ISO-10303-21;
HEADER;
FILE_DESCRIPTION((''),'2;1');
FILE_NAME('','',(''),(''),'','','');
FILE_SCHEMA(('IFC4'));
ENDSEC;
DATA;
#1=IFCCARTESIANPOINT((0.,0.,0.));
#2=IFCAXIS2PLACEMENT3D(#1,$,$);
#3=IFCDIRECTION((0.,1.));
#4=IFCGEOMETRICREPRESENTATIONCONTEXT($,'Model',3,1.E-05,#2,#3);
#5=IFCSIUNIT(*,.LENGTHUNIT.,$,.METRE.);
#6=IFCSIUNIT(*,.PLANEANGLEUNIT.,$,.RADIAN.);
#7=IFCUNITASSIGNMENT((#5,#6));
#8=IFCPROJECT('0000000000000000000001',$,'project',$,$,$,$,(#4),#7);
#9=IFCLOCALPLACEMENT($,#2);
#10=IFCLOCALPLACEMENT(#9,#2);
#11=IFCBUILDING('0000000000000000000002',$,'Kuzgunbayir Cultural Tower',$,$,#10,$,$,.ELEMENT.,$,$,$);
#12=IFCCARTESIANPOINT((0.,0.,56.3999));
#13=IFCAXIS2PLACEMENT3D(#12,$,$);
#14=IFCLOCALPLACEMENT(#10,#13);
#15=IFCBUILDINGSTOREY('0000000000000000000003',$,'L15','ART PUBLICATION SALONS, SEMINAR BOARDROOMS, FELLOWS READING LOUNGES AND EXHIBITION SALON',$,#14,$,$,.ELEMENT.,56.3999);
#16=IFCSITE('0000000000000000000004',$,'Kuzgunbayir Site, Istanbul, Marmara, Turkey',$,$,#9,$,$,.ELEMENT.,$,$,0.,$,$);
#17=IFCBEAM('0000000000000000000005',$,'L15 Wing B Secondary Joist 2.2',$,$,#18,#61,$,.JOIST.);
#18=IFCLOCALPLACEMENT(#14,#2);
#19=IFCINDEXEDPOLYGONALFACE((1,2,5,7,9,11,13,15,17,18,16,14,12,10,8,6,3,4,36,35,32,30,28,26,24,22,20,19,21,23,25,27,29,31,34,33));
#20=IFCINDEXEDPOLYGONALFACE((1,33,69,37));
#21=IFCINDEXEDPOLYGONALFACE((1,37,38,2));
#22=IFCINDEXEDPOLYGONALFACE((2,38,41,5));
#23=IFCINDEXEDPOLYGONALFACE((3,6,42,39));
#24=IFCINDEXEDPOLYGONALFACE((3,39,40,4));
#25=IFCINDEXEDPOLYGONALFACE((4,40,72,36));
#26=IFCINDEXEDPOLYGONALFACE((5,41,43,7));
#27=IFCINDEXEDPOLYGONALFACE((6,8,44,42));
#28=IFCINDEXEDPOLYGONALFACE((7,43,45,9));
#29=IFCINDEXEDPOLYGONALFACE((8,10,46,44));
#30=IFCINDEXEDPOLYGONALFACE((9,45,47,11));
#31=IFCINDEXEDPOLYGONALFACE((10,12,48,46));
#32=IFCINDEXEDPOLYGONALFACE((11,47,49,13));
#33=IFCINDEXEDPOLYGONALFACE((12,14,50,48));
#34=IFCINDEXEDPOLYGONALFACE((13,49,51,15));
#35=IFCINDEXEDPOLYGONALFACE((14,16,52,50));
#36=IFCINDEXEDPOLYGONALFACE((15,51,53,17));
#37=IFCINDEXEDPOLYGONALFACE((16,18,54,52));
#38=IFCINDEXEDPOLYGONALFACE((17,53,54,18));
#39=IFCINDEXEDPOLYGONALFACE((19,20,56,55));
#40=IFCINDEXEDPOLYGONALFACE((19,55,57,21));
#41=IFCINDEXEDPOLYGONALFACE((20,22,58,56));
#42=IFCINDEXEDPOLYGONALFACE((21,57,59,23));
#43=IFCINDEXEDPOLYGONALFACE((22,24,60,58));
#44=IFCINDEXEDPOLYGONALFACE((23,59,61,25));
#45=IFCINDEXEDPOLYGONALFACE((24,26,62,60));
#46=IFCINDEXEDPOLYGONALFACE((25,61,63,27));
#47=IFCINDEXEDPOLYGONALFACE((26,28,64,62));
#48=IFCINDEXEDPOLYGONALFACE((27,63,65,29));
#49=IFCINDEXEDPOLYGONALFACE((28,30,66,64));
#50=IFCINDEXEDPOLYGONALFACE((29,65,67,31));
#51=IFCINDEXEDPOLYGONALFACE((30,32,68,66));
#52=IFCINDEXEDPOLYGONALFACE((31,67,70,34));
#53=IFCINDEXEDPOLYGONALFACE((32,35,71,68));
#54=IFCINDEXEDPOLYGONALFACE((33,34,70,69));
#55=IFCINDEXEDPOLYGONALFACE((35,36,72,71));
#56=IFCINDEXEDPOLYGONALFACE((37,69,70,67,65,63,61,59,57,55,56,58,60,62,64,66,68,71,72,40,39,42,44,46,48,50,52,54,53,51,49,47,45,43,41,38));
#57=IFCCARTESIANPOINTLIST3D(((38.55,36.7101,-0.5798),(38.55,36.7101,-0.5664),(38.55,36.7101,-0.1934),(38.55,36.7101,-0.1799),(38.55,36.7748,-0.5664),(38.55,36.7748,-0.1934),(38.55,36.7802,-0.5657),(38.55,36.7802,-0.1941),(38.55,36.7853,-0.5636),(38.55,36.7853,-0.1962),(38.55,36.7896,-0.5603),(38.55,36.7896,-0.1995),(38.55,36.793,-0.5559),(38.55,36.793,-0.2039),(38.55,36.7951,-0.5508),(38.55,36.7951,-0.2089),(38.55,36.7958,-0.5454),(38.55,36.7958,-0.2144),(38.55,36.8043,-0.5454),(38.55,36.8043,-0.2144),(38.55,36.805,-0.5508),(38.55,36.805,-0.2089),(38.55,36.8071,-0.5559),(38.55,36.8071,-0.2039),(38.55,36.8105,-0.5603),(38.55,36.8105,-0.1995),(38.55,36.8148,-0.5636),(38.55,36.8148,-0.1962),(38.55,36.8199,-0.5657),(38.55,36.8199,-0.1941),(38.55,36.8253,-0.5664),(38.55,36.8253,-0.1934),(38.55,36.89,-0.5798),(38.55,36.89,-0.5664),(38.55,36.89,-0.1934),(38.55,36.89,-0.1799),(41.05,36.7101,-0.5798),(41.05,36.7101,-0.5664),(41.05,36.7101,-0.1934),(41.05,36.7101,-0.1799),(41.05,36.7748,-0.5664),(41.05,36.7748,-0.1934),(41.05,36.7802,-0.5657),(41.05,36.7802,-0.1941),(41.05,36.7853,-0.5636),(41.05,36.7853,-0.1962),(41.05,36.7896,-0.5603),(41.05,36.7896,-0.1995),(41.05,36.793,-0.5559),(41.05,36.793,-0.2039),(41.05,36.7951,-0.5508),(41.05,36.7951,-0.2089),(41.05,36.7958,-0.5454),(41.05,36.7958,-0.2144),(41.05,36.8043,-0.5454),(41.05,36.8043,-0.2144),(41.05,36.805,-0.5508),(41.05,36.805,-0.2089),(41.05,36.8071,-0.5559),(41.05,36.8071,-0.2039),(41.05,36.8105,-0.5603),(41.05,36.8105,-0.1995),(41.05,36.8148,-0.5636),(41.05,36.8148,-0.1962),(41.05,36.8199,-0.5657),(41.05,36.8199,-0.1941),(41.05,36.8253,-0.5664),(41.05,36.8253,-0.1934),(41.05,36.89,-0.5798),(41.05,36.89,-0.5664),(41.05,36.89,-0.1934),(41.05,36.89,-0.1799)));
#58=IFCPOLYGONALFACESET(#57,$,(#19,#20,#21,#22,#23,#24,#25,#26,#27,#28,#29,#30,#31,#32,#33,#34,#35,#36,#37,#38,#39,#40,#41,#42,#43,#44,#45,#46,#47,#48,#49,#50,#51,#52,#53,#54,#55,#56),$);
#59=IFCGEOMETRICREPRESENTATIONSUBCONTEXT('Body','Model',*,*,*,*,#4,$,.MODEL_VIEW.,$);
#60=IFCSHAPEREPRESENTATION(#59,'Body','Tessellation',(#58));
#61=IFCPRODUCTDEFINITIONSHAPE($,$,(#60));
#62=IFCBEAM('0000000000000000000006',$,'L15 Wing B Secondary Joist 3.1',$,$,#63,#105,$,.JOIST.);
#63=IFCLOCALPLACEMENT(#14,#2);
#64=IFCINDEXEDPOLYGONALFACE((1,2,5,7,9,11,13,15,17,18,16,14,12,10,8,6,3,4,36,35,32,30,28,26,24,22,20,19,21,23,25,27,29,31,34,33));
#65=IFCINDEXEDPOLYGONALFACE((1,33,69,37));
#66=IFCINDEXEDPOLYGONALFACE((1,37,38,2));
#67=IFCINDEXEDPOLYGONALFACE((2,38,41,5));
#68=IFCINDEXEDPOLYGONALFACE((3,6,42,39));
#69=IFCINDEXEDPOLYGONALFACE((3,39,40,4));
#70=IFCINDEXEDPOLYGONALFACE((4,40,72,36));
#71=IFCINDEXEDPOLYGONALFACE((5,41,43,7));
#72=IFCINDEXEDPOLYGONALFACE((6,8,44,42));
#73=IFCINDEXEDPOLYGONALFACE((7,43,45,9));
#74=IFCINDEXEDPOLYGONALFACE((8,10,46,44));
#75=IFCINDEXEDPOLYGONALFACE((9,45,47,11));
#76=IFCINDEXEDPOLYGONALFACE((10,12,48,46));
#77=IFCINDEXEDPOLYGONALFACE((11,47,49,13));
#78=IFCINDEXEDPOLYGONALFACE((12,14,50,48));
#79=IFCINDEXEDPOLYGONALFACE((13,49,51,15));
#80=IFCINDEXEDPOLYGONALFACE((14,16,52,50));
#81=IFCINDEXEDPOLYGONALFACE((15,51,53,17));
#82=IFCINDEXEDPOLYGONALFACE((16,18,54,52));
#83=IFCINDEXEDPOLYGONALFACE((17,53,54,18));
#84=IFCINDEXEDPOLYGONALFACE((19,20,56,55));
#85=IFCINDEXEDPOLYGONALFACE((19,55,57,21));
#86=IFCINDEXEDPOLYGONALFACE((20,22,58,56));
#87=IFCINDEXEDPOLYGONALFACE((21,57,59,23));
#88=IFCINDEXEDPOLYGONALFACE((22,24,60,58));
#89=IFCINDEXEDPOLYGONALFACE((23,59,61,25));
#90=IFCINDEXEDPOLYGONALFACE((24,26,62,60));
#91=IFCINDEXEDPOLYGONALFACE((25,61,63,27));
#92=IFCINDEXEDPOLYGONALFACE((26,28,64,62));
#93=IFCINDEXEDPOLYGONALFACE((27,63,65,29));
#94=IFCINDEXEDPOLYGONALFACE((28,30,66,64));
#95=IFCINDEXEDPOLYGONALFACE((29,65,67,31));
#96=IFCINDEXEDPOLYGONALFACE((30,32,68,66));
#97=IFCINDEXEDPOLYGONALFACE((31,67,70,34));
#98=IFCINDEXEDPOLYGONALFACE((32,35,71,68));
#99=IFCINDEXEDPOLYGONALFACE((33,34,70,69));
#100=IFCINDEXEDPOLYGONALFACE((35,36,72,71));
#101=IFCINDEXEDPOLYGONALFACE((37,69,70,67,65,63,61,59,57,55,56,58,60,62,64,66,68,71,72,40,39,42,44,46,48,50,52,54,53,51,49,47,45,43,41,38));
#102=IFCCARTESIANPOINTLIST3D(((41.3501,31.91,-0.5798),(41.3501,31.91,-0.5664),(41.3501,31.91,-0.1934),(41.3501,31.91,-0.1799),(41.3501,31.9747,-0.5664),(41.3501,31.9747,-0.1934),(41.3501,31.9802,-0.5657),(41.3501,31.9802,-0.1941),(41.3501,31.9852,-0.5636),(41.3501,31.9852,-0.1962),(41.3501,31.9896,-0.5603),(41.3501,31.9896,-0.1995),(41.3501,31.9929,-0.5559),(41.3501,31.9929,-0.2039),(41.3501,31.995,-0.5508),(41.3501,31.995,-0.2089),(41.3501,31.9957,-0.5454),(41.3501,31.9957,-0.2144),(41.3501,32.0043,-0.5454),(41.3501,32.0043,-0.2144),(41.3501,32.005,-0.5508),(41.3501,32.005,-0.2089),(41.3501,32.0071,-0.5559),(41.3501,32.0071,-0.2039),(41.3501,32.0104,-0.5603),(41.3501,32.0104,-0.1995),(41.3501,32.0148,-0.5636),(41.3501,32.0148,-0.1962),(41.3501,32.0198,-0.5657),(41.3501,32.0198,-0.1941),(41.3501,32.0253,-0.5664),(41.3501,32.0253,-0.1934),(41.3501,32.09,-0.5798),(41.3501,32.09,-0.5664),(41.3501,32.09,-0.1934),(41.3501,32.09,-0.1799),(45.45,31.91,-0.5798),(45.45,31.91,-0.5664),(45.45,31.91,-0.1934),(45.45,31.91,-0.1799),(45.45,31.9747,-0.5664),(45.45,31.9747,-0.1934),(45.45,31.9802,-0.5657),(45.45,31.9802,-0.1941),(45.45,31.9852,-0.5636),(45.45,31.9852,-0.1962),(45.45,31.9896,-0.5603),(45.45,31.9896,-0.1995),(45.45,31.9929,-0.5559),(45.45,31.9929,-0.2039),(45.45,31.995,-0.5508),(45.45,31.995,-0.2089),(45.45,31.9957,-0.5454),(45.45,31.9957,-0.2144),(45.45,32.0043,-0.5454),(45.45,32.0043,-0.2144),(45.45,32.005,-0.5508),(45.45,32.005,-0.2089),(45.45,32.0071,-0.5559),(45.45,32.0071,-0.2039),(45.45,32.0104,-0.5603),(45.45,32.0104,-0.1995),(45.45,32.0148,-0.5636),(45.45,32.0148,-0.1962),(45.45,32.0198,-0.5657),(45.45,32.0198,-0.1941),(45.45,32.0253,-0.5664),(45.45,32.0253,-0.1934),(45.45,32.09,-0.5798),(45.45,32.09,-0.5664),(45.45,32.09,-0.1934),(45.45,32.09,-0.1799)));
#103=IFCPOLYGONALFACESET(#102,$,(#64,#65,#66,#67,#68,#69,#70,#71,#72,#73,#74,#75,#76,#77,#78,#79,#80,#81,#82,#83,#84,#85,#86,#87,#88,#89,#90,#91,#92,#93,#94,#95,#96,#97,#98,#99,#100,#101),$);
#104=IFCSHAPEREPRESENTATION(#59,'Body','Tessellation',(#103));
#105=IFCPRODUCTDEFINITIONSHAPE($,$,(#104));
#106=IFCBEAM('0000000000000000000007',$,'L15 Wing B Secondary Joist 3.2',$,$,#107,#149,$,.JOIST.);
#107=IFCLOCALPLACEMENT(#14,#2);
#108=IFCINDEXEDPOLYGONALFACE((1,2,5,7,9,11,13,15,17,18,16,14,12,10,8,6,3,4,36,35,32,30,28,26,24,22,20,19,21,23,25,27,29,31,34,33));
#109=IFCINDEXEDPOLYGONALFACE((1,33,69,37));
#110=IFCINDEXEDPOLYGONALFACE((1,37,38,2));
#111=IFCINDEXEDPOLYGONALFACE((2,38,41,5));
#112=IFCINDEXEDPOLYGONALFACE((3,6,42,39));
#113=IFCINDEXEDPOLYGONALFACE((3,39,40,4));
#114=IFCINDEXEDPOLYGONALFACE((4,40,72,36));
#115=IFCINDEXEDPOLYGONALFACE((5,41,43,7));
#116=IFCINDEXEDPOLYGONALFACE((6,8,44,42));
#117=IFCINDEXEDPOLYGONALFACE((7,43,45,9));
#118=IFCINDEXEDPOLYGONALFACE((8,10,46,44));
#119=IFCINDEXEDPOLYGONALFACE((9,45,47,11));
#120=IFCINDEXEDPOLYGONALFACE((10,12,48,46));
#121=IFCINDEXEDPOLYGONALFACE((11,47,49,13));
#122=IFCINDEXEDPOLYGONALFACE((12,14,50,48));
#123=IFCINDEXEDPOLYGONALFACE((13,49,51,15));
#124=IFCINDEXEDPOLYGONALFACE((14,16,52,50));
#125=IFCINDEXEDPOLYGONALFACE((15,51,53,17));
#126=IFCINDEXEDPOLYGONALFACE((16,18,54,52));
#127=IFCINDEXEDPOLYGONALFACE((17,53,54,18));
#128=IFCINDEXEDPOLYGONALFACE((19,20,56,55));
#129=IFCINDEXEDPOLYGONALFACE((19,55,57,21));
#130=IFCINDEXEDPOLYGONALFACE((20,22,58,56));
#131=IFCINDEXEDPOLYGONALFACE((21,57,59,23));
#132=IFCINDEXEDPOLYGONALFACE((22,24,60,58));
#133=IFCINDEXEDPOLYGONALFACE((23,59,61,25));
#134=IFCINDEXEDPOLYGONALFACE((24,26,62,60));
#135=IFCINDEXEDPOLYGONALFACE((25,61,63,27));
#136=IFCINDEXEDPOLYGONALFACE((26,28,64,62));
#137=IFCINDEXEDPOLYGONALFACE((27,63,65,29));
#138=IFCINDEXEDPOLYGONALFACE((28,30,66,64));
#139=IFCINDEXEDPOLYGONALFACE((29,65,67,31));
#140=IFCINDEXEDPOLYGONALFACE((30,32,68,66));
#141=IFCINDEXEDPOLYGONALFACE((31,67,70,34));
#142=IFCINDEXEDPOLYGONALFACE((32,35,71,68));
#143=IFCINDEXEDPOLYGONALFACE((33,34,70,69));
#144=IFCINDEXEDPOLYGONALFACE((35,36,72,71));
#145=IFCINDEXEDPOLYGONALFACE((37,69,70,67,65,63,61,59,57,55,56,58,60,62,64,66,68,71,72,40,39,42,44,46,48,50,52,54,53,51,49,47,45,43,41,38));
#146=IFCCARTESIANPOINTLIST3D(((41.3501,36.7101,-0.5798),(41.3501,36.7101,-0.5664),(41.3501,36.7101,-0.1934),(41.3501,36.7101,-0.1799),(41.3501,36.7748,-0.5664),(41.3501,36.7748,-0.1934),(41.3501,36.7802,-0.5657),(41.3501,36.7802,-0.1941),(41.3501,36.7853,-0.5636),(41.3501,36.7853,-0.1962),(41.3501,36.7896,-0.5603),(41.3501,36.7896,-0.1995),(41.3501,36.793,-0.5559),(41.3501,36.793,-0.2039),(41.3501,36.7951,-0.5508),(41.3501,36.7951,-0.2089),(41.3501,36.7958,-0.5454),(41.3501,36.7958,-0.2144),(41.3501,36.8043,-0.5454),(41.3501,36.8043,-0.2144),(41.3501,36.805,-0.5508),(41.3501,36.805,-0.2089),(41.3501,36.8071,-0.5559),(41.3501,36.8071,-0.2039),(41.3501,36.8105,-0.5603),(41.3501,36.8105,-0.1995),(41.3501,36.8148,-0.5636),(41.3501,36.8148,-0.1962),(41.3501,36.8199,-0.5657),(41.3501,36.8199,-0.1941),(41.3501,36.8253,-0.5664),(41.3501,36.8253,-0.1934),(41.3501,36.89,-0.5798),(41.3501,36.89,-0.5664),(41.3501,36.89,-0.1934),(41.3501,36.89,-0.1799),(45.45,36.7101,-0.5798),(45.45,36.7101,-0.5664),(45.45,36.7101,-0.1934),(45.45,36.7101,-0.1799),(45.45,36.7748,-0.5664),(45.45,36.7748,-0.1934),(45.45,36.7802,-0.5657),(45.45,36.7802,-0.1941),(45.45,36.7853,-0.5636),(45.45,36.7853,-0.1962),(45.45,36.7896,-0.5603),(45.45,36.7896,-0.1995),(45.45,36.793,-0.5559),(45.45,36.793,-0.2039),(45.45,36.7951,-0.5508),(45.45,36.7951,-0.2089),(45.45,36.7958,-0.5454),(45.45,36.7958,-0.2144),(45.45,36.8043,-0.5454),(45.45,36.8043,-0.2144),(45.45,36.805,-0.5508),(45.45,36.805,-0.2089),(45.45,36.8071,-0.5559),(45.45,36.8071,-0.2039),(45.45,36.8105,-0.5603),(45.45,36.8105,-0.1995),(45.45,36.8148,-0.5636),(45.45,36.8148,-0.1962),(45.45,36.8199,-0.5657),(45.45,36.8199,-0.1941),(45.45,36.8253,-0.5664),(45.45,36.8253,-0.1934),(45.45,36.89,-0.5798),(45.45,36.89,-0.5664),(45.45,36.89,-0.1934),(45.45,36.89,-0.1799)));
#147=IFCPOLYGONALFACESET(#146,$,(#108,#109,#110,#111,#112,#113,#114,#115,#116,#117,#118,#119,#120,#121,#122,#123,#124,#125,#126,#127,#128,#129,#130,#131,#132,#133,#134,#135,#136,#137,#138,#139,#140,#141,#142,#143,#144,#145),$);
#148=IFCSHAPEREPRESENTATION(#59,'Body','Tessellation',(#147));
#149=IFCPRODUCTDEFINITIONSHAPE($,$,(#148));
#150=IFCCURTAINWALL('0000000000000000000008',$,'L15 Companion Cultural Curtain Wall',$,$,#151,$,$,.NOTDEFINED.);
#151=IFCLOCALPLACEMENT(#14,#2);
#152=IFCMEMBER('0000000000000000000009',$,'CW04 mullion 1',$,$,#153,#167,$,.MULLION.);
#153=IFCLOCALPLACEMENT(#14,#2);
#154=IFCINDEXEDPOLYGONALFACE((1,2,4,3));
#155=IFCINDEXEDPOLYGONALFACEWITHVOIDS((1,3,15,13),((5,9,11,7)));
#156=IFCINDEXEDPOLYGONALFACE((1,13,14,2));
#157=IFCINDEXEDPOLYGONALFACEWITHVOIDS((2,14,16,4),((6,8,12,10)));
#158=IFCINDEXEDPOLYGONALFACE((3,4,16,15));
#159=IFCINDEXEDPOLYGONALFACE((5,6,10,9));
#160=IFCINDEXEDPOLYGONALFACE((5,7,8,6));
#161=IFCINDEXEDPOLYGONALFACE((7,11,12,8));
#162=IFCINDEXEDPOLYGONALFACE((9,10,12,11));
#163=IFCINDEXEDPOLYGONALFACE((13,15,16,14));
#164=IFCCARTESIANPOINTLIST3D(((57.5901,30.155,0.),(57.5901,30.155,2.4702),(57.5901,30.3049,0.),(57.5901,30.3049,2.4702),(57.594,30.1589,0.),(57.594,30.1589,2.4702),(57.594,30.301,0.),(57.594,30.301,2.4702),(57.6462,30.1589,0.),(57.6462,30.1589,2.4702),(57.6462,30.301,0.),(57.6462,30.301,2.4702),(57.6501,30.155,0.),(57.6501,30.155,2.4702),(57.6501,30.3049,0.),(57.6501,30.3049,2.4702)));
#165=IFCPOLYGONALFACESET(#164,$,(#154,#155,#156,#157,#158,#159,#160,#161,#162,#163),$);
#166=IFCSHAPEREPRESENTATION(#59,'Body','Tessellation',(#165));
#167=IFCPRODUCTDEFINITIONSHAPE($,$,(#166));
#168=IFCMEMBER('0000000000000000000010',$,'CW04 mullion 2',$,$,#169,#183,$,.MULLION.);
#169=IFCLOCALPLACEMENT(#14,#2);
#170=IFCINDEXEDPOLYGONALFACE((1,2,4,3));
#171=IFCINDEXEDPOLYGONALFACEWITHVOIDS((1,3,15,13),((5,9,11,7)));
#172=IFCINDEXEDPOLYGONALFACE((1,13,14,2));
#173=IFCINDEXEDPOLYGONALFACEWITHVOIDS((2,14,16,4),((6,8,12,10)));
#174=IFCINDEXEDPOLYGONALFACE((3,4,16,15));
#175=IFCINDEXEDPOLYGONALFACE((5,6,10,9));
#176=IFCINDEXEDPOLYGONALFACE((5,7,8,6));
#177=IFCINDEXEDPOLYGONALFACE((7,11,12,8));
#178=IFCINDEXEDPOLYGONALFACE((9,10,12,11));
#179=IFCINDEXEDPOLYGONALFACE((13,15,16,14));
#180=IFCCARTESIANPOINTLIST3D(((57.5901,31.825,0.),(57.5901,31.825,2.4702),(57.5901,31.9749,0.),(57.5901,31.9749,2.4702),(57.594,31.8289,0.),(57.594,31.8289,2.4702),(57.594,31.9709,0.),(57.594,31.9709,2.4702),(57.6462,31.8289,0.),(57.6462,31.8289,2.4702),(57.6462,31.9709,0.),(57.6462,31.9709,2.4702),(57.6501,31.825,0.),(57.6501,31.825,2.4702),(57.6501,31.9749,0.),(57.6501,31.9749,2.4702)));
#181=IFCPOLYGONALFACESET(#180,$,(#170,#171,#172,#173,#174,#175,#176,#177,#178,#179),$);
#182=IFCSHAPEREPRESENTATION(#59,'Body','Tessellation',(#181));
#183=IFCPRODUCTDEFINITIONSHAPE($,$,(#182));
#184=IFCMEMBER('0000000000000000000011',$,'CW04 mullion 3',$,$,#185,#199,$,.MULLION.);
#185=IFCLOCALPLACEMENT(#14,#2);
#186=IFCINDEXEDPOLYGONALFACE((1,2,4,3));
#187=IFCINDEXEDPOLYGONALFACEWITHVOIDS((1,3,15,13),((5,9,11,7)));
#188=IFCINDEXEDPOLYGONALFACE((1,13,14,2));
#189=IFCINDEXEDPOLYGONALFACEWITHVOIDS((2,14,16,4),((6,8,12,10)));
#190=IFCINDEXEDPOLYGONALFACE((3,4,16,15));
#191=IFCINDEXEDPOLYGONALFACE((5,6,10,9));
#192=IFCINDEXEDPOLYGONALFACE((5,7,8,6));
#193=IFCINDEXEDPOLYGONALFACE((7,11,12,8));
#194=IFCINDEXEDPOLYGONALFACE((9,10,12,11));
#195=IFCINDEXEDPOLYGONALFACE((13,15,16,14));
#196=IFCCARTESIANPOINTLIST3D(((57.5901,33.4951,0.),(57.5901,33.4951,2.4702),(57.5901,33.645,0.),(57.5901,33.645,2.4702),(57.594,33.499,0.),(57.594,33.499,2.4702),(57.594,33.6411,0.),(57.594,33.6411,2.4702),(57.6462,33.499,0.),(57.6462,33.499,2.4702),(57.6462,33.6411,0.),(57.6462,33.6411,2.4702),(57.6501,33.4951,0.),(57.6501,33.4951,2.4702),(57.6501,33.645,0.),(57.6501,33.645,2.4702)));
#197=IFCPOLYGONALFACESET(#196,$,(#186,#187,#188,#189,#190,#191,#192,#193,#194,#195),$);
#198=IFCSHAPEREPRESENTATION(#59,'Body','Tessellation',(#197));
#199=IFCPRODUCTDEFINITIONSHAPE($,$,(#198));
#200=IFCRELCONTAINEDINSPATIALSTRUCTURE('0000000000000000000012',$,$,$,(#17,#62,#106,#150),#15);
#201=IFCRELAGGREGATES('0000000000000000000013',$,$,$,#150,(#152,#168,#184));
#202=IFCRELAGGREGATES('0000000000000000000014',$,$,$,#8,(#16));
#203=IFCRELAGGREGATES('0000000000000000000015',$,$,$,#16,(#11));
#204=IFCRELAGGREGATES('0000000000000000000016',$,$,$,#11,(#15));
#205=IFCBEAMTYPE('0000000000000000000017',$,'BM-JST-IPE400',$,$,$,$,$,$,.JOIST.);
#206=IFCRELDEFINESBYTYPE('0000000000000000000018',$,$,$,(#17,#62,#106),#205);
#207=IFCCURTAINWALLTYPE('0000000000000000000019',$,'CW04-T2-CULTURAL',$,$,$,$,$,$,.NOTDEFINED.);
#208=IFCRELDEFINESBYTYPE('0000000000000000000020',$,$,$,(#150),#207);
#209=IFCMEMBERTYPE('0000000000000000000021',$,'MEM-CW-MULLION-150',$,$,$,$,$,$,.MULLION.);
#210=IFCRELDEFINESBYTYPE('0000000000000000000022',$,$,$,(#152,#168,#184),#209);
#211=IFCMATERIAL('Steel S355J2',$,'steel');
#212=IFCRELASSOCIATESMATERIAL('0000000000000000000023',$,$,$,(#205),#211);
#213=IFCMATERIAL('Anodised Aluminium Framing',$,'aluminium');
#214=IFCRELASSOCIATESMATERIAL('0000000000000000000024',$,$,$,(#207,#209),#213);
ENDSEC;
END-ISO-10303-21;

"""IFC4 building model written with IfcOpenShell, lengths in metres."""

from ifc_helpers import new_model, si_unit, direction, frame, origin, origin_2d, place, context, subcontext, project, spatial, hollow_rectangle, i_section, extrude, material, material_profile, profile_set, type_object, element, aggregate, save


model = new_model("IFC4")

# Units and contexts
model_context = context("Model", 3, precision=1e-05, world=origin(), true_north=direction((0.0, 1.0)))
body_context = subcontext(model_context, "Body", "Model", "MODEL_VIEW")
ifc_project = project(units=[si_unit("LENGTHUNIT", "METRE"), si_unit("PLANEANGLEUNIT", "RADIAN")], contexts=[model_context])

# Site, building, storey
site_placement = place(None, origin())
site = spatial("IfcSite", under=ifc_project, at=site_placement, Name="Kuzgunbayir Site, Istanbul, Marmara, Turkey", CompositionType="ELEMENT", RefElevation=0.0)
building_placement = place(site_placement, origin())
building = spatial("IfcBuilding", under=site, at=building_placement, Name="Kuzgunbayir Cultural Tower", CompositionType="ELEMENT")
storey_placement = place(building_placement, frame((0.0, 0.0, 56.3999)))
storey = spatial("IfcBuildingStorey", under=building, at=storey_placement, Name="L15", Description="ART PUBLICATION SALONS, SEMINAR BOARDROOMS, FELLOWS READING LOUNGES AND EXHIBITION SALON", CompositionType="ELEMENT", Elevation=56.3999)

# Beams
ifc_material_1 = material(Name="Steel S355J2", Category="steel")
ifc_material_profile_1 = material_profile(ifc_material_1, i_section(OverallWidth=0.1799, OverallDepth=0.3999, WebThickness=0.0085, FlangeThickness=0.0134, FilletRadius=0.021, at=origin_2d()), Name="IPE 400")
ifc_profile_set_1 = profile_set([ifc_material_profile_1], Name="Steel S355J2")
beam_type_1 = type_object("IfcBeamType", Name="BM-JST-IPE400", PredefinedType="JOIST", material=ifc_profile_set_1)
for number, where, z_axis, x_axis, name in (
    (1, (38.55, 36.8, -0.3799), (1.0, 0.0, 0.0), (0.0, 1.0, 0.0), "L15 Wing B Secondary Joist 2.2"),
):
    element("IfcBeam", number, at=place(storey_placement, frame(where, z_axis=z_axis, x_axis=x_axis)), inside=storey, type_object=beam_type_1, Name=name, PredefinedType="JOIST", context=body_context, shape_type="SweptSolid", body=[
        extrude(i_section(OverallWidth=0.1799, OverallDepth=0.3999, WebThickness=0.0085, FlangeThickness=0.0134, FilletRadius=0.021, at=origin_2d()), origin(), (0.0, 0.0, 1.0), 2.5),
    ])
for number, where, z_axis, x_axis, name in (
    (2, (41.3501, 32.0, -0.3799), (1.0, 0.0, 0.0), (0.0, 1.0, 0.0), "L15 Wing B Secondary Joist 3.1"),
    (3, (41.3501, 36.8, -0.3799), (1.0, 0.0, 0.0), (0.0, 1.0, 0.0), "L15 Wing B Secondary Joist 3.2"),
):
    element("IfcBeam", number, at=place(storey_placement, frame(where, z_axis=z_axis, x_axis=x_axis)), inside=storey, type_object=beam_type_1, Name=name, PredefinedType="JOIST", context=body_context, shape_type="SweptSolid", body=[
        extrude(i_section(OverallWidth=0.1799, OverallDepth=0.3999, WebThickness=0.0085, FlangeThickness=0.0134, FilletRadius=0.021, at=origin_2d()), origin(), (0.0, 0.0, 1.0), 4.0999),
    ])

# Curtain wall, members
ifc_material_2 = material(Name="Anodised Aluminium Framing", Category="aluminium")
curtain_wall_type = type_object("IfcCurtainWallType", Name="CW04-T2-CULTURAL", PredefinedType="NOTDEFINED", material=ifc_material_2)
curtain_wall_placement = place(storey_placement, origin())
curtain_wall = element("IfcCurtainWall", 4, at=curtain_wall_placement, inside=storey, type_object=curtain_wall_type, Name="L15 Companion Cultural Curtain Wall", PredefinedType="NOTDEFINED")
ifc_material_profile_2 = material_profile(ifc_material_2, hollow_rectangle(XDim=0.0601, YDim=0.1499, WallThickness=0.0039, at=origin_2d()), Name="RHS 150x60x4")
ifc_profile_set_2 = profile_set([ifc_material_profile_2], Name="Anodised Aluminium Framing")
member_type_1 = type_object("IfcMemberType", Name="MEM-CW-MULLION-150", PredefinedType="MULLION", material=ifc_profile_set_2)
member_1_placement = place(storey_placement, frame((57.6201, 30.23, 0.0), z_axis=(0.0, 0.0, 1.0), x_axis=(-1.0, 0.0, 0.0)))
member_1 = element("IfcMember", 5, at=member_1_placement, type_object=member_type_1, Name="CW04 mullion 1", PredefinedType="MULLION", context=body_context, shape_type="SweptSolid", body=[
    extrude(hollow_rectangle(XDim=0.0601, YDim=0.1499, WallThickness=0.0039, at=origin_2d()), origin(), (0.0, 0.0, 1.0), 2.4702),
])
member_2_placement = place(storey_placement, frame((57.6201, 31.8999, 0.0), z_axis=(0.0, 0.0, 1.0), x_axis=(-1.0, 0.0, 0.0)))
member_2 = element("IfcMember", 6, at=member_2_placement, type_object=member_type_1, Name="CW04 mullion 2", PredefinedType="MULLION", context=body_context, shape_type="SweptSolid", body=[
    extrude(hollow_rectangle(XDim=0.0601, YDim=0.1499, WallThickness=0.0039, at=origin_2d()), origin(), (0.0, 0.0, 1.0), 2.4702),
])
member_3_placement = place(storey_placement, frame((57.6201, 33.5701, 0.0), z_axis=(0.0, 0.0, 1.0), x_axis=(-1.0, 0.0, 0.0)))
member_3 = element("IfcMember", 7, at=member_3_placement, type_object=member_type_1, Name="CW04 mullion 3", PredefinedType="MULLION", context=body_context, shape_type="SweptSolid", body=[
    extrude(hollow_rectangle(XDim=0.0601, YDim=0.1499, WallThickness=0.0039, at=origin_2d()), origin(), (0.0, 0.0, 1.0), 2.4702),
])
aggregate(curtain_wall, [member_1, member_2, member_3])

save(model, "model.ifc")
